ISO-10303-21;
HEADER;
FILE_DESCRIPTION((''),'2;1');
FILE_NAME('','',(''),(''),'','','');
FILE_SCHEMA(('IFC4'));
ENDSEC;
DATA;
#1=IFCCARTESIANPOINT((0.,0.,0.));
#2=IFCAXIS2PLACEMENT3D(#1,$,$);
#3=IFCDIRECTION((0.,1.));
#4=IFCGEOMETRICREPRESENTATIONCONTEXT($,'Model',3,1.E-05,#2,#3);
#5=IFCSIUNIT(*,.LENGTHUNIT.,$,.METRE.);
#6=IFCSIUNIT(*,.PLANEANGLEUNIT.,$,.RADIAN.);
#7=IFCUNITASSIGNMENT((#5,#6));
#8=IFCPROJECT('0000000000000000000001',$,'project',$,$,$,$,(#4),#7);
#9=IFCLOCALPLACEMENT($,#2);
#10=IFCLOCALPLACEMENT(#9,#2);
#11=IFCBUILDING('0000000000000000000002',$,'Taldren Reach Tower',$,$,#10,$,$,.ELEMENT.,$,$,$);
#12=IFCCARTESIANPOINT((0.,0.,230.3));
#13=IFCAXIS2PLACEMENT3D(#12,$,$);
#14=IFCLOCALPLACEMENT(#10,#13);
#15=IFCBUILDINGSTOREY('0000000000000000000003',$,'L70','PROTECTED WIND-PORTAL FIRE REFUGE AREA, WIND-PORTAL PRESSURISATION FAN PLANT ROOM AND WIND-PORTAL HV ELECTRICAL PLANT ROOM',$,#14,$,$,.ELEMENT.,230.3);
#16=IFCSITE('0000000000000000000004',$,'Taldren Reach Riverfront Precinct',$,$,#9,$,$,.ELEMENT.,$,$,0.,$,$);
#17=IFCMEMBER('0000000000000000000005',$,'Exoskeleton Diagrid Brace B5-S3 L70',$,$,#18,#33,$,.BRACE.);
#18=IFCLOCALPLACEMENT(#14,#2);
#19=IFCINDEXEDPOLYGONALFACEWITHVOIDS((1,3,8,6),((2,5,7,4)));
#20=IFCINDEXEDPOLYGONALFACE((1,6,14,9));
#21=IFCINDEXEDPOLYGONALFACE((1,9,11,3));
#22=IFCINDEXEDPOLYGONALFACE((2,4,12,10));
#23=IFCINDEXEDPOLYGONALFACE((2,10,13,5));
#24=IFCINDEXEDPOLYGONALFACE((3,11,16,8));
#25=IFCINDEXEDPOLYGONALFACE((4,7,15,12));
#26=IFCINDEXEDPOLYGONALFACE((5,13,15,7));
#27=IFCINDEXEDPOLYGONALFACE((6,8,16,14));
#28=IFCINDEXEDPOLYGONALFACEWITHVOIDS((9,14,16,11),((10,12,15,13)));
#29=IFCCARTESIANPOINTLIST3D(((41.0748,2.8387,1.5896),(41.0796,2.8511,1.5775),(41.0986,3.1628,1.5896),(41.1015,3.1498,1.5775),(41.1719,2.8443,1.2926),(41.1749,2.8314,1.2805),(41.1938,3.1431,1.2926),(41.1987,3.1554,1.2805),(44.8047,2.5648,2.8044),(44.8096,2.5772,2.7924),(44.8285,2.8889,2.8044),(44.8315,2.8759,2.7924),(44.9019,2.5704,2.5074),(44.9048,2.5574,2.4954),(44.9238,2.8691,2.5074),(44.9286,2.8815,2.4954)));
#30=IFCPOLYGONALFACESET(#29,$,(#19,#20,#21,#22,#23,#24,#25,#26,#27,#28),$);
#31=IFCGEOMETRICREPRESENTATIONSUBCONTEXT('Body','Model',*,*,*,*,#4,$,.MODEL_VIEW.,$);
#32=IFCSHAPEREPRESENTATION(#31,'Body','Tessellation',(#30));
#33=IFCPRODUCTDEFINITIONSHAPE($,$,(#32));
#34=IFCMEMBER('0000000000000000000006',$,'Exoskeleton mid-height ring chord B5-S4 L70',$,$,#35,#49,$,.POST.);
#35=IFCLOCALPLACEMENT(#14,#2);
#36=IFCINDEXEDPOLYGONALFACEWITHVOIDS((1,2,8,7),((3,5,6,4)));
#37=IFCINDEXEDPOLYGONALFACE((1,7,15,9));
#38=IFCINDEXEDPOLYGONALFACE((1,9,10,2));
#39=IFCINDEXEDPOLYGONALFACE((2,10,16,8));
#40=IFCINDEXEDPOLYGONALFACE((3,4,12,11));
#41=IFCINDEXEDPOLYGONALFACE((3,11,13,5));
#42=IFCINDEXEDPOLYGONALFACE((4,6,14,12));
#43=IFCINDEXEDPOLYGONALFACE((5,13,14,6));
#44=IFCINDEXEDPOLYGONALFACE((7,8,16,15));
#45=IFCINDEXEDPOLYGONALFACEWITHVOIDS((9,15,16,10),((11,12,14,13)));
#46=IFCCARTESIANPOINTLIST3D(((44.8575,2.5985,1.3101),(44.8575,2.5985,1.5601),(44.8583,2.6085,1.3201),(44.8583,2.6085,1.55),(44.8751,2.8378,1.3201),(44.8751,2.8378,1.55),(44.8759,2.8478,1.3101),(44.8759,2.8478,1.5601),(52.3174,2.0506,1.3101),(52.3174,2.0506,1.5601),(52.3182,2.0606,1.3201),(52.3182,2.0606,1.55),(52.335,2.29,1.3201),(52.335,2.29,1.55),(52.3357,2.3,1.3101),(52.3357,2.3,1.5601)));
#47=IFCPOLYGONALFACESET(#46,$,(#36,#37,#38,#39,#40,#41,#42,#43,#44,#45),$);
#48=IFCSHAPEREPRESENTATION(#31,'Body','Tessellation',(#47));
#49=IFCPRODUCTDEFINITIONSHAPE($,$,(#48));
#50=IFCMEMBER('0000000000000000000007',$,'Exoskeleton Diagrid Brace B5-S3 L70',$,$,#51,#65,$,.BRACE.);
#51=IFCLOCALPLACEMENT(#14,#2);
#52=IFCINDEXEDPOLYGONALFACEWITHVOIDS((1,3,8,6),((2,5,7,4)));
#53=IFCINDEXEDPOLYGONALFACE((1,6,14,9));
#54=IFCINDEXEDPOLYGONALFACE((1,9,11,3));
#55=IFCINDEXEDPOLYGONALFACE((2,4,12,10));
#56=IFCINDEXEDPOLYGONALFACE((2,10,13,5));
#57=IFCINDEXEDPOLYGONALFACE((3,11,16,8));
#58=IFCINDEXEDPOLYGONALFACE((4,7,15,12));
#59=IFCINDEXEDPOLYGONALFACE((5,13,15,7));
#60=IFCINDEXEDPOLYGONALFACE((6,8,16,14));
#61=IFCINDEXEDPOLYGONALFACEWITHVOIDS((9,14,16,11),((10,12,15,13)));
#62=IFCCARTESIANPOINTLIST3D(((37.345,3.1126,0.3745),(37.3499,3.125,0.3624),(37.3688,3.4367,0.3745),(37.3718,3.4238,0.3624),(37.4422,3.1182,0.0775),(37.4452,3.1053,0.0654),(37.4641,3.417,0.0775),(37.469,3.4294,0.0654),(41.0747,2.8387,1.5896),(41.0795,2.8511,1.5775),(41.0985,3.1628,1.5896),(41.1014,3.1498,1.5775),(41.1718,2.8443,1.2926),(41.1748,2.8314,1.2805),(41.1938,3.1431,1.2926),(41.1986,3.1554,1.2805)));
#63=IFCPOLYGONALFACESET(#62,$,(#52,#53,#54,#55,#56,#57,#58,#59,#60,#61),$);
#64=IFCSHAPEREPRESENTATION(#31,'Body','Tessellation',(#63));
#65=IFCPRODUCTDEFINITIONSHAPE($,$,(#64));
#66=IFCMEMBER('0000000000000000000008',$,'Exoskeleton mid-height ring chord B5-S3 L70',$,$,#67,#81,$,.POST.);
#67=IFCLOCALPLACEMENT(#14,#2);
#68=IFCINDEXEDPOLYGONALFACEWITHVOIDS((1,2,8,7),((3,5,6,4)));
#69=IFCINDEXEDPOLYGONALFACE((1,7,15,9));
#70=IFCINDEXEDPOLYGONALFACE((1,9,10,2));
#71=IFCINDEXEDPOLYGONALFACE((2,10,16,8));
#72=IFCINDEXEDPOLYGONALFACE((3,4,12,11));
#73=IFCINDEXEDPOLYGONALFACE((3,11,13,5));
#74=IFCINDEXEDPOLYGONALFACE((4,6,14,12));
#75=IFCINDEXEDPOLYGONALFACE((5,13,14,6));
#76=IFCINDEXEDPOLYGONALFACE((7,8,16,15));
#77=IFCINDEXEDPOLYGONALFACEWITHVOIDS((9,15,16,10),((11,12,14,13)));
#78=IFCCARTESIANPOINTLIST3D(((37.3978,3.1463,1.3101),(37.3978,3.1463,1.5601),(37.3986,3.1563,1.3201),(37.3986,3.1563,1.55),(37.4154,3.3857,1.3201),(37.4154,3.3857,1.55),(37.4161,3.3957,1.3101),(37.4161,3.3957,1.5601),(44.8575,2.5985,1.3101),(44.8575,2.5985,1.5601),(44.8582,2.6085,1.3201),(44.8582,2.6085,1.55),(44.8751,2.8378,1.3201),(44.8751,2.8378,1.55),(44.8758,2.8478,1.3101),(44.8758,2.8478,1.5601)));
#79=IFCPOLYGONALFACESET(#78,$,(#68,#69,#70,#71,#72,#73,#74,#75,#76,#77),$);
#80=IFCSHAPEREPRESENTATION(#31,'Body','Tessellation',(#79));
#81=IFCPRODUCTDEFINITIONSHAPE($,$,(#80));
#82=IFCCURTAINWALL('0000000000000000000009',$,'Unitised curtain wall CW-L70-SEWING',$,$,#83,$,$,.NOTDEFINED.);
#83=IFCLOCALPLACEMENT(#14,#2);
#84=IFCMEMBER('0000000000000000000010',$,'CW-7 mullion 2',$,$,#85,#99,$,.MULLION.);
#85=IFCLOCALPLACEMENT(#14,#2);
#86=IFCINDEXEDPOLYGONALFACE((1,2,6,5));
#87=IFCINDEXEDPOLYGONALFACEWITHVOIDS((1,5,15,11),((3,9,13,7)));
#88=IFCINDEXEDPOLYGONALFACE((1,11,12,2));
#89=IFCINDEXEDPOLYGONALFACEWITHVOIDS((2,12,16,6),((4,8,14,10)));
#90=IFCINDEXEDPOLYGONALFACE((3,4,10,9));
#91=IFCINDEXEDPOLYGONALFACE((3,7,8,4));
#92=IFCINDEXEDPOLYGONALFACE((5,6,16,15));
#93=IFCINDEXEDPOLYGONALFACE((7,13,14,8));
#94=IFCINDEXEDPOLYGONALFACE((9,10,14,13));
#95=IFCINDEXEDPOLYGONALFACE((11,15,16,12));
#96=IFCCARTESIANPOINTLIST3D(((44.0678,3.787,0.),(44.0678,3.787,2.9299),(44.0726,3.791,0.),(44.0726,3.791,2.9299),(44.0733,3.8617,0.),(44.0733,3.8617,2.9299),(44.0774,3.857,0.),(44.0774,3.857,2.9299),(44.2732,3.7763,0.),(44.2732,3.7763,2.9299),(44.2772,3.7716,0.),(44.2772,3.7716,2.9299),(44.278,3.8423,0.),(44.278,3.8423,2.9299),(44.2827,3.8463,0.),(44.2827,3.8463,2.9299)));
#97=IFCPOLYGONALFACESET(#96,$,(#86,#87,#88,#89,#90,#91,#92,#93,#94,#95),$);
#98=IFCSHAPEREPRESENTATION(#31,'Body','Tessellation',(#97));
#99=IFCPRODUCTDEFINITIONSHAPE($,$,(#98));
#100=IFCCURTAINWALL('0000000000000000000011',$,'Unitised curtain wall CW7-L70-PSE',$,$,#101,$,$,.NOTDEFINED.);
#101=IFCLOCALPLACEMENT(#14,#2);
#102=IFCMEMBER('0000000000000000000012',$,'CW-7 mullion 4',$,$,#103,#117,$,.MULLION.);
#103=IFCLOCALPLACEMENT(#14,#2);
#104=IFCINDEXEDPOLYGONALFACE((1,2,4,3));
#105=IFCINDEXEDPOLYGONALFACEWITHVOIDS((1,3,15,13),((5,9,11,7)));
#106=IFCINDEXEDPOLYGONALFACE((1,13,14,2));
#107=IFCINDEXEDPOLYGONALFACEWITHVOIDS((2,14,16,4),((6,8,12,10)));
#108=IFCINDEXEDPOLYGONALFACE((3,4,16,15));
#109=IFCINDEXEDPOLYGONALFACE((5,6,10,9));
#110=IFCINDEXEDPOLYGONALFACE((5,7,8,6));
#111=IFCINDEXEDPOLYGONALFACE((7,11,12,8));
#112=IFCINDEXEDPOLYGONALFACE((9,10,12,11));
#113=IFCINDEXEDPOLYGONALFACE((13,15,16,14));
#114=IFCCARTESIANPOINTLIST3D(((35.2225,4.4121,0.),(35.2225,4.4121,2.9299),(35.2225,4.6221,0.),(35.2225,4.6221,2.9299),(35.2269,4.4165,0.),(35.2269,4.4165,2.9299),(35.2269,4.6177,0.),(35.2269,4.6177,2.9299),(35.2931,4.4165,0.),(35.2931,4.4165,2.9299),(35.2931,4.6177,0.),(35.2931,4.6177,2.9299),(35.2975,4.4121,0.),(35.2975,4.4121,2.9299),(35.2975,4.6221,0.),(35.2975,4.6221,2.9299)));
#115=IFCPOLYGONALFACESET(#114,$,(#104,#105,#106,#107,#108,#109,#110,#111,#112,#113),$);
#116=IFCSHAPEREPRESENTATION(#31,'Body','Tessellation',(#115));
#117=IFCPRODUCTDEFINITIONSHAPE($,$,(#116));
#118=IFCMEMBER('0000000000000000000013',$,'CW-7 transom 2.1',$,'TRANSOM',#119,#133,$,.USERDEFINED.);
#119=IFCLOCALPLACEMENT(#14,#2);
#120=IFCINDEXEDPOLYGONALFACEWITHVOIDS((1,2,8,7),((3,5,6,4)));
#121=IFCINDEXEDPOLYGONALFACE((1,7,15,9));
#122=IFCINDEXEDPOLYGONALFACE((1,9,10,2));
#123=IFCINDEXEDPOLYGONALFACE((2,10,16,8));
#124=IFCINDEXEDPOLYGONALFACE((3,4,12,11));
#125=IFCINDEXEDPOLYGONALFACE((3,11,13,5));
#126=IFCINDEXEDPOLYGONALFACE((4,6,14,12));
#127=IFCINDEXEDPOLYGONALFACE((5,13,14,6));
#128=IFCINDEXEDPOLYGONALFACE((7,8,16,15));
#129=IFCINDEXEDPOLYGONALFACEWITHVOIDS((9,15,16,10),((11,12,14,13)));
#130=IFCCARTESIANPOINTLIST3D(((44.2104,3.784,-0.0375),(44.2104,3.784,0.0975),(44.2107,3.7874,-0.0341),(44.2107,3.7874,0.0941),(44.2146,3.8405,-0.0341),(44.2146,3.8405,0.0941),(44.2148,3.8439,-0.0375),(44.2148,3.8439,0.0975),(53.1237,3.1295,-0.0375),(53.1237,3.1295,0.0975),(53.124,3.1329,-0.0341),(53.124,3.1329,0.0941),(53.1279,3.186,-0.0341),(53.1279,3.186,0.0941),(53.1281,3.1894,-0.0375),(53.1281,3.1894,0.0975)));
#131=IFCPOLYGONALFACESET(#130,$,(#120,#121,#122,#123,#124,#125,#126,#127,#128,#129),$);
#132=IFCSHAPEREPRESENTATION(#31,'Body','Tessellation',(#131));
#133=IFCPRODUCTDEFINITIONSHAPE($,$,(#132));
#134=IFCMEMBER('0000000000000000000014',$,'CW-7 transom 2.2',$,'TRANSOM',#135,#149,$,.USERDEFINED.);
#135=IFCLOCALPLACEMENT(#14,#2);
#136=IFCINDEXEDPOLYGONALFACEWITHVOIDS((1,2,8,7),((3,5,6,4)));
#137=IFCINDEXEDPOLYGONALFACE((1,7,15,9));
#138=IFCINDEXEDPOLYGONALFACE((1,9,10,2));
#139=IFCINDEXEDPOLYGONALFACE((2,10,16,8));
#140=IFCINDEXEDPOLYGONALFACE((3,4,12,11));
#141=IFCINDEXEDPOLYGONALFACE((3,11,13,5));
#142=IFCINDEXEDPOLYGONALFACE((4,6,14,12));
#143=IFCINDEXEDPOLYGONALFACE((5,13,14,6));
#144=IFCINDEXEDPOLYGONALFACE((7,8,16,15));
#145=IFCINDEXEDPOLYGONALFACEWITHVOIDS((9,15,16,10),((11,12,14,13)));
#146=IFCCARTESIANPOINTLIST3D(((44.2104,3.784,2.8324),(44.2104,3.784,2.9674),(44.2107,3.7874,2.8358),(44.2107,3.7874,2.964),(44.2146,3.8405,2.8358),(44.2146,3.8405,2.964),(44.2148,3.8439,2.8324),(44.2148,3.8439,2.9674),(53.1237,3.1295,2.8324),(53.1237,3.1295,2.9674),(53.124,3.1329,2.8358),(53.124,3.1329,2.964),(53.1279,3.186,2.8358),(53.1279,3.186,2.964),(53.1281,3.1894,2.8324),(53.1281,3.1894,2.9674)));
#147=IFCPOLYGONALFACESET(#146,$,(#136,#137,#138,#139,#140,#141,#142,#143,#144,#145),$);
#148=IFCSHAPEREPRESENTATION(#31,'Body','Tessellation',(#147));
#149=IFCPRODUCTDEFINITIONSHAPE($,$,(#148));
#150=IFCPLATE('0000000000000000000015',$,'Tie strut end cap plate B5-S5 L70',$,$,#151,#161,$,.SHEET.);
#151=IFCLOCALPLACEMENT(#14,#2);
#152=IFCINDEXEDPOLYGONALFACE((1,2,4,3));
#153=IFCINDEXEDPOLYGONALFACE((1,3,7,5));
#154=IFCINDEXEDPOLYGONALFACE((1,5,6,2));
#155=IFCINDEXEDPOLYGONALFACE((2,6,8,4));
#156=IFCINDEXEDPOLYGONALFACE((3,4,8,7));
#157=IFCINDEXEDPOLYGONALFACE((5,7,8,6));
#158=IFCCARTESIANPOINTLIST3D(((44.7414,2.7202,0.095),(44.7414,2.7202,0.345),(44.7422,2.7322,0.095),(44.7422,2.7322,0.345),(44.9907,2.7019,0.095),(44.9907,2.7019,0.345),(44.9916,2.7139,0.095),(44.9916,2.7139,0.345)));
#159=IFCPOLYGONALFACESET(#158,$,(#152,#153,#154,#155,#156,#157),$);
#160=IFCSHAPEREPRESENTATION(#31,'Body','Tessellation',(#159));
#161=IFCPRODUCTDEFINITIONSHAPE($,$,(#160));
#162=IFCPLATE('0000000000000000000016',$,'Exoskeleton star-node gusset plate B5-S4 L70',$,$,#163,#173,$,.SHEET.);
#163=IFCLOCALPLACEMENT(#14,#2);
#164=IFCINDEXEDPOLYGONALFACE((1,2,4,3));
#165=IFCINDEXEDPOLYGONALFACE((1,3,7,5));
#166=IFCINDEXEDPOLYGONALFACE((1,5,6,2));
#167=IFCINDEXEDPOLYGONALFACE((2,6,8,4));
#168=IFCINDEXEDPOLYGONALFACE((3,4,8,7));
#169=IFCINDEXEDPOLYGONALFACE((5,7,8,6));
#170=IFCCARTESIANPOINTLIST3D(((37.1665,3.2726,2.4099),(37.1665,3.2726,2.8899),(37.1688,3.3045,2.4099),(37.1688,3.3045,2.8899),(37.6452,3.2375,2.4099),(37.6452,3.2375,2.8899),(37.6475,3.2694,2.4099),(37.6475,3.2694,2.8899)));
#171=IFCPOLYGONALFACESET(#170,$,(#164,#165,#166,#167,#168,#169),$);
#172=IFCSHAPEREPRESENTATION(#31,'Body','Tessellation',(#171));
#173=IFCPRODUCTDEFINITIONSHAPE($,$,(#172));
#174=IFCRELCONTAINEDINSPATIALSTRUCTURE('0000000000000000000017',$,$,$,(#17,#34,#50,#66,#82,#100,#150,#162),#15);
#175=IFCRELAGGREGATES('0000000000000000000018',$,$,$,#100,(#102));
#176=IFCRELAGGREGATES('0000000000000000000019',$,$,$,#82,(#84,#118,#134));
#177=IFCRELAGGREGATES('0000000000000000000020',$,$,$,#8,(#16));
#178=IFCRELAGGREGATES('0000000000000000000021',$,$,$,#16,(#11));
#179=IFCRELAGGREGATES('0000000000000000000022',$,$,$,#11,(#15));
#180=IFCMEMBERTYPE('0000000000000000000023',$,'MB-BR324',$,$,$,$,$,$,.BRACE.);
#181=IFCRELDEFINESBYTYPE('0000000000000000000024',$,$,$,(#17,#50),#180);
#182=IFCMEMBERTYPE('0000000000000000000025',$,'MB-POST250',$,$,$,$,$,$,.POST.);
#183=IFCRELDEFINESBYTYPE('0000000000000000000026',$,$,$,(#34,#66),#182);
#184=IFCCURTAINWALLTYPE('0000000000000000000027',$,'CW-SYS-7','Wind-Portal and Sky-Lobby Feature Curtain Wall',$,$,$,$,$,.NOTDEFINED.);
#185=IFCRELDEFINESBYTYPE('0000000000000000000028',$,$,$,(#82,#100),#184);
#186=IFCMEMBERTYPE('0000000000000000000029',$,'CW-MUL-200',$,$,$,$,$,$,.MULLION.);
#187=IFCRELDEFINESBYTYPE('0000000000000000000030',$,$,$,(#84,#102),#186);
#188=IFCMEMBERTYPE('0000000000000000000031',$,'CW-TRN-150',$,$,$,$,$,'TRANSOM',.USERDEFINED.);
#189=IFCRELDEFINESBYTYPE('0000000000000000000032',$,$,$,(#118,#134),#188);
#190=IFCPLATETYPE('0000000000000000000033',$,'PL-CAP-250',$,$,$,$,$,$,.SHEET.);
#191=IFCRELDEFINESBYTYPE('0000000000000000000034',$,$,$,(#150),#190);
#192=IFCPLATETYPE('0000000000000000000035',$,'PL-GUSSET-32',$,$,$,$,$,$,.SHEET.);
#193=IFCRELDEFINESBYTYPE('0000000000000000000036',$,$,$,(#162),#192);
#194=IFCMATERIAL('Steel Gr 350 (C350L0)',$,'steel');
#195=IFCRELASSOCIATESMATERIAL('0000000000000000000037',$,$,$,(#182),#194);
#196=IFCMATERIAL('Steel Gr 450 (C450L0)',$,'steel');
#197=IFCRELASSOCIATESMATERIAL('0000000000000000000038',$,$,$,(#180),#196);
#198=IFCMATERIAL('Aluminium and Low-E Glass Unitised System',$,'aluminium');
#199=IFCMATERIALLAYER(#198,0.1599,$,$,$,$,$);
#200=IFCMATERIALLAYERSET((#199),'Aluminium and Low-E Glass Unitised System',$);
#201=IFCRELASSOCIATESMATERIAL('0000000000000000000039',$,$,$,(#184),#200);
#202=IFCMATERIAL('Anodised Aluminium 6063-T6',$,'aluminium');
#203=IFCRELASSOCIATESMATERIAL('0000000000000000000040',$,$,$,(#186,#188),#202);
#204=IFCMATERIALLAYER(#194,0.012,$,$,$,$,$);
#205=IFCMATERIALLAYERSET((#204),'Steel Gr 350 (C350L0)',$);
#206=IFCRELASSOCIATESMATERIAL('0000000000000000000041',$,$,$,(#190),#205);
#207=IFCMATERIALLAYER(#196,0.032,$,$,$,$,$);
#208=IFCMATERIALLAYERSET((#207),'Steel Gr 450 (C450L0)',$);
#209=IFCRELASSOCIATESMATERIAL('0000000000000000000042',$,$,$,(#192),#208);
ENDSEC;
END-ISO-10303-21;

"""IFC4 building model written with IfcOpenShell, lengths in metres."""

from ifc_helpers import new_model, si_unit, direction, frame, origin, origin_2d, place, context, subcontext, project, spatial, rectangle, hollow_rectangle, extrude, source, transform, mapped, material, layer, layer_set, material_profile, profile_set, type_object, element, aggregate, save


model = new_model("IFC4")

# Units and contexts
model_context = context("Model", 3, precision=1e-05, world=origin(), true_north=direction((0.0, 1.0)))
body_context = subcontext(model_context, "Body", "Model", "MODEL_VIEW")
ifc_project = project(units=[si_unit("LENGTHUNIT", "METRE"), si_unit("PLANEANGLEUNIT", "RADIAN")], contexts=[model_context])

# Site, building, storey
site_placement = place(None, origin())
site = spatial("IfcSite", under=ifc_project, at=site_placement, Name="Taldren Reach Riverfront Precinct", CompositionType="ELEMENT", RefElevation=0.0)
building_placement = place(site_placement, origin())
building = spatial("IfcBuilding", under=site, at=building_placement, Name="Taldren Reach Tower", CompositionType="ELEMENT")
storey_placement = place(building_placement, frame((0.0, 0.0, 230.3)))
storey = spatial("IfcBuildingStorey", under=building, at=storey_placement, Name="L70", Description="PROTECTED WIND-PORTAL FIRE REFUGE AREA, WIND-PORTAL PRESSURISATION FAN PLANT ROOM AND WIND-PORTAL HV ELECTRICAL PLANT ROOM", CompositionType="ELEMENT", Elevation=230.3)

# Shared definitions
ifc_material_1 = material(Name="Steel Gr 350 (C350L0)", Category="steel")
ifc_material_profile_1 = material_profile(ifc_material_1, hollow_rectangle(XDim=0.25, YDim=0.25, WallThickness=0.01, at=origin_2d()), Name="250x250x10.0SHS")
ifc_profile_set_1 = profile_set([ifc_material_profile_1], Name="Steel Gr 350 (C350L0)")
member_type_1 = type_object("IfcMemberType", Name="MB-POST250", PredefinedType="POST", material=ifc_profile_set_1)
ifc_material_2 = material(Name="Steel Gr 450 (C450L0)", Category="steel")

# Members
ifc_material_profile_2 = material_profile(ifc_material_2, hollow_rectangle(XDim=0.325, YDim=0.325, WallThickness=0.0127, at=origin_2d()), Name="325x325x12.7SHS")
ifc_profile_set_2 = profile_set([ifc_material_profile_2], Name="Steel Gr 450 (C450L0)")
member_type_2 = type_object("IfcMemberType", Name="MB-BR324", PredefinedType="BRACE", material=ifc_profile_set_2)
shared_shape_1 = source(origin(), body_context, "Body", "SweptSolid", [
    extrude(hollow_rectangle(XDim=0.325, YDim=0.325, WallThickness=0.0127, at=origin_2d()), origin(), (0.0, 0.0, 1.0), 3.9324),
])
member_1_placement = place(storey_placement, frame((41.1367, 2.9971, 1.4351), z_axis=(0.948529, -0.069659, 0.308933), x_axis=(0.073242, 0.997314, 0.0)))
element("IfcMember", 1, at=member_1_placement, inside=storey, type_object=member_type_2, Name="Exoskeleton Diagrid Brace B5-S3 L70", PredefinedType="BRACE", context=body_context, shape_type="MappedRepresentation", body=[
    mapped(shared_shape_1, transform((0.0, 0.0, 0.0), scale=1.0)),
])
shared_shape_2 = source(origin(), body_context, "Body", "SweptSolid", [
    extrude(hollow_rectangle(XDim=0.25, YDim=0.25, WallThickness=0.01, at=origin_2d()), origin(), (0.0, 0.0, 1.0), 7.48),
])
member_2_placement = place(storey_placement, frame((44.8667, 2.7231, 1.4351), z_axis=(0.997314, -0.073242, 0.0), x_axis=(0.073242, 0.997314, 0.0)))
element("IfcMember", 2, at=member_2_placement, inside=storey, type_object=member_type_1, Name="Exoskeleton mid-height ring chord B5-S4 L70", PredefinedType="POST", context=body_context, shape_type="MappedRepresentation", body=[
    mapped(shared_shape_2, transform((0.0, 0.0, 0.0), scale=1.0)),
])
shared_shape_3 = source(origin(), body_context, "Body", "SweptSolid", [
    extrude(hollow_rectangle(XDim=0.325, YDim=0.325, WallThickness=0.0127, at=origin_2d()), origin(), (0.0, 0.0, 1.0), 3.9321),
])
member_3_placement = place(storey_placement, frame((37.407, 3.271, 0.22), z_axis=(0.948505, -0.069662, 0.309008), x_axis=(0.073246, 0.997314, 0.0)))
element("IfcMember", 3, at=member_3_placement, inside=storey, type_object=member_type_2, Name="Exoskeleton Diagrid Brace B5-S3 L70", PredefinedType="BRACE", context=body_context, shape_type="MappedRepresentation", body=[
    mapped(shared_shape_3, transform((0.0, 0.0, 0.0), scale=1.0)),
])
shared_shape_4 = source(origin(), body_context, "Body", "SweptSolid", [
    extrude(hollow_rectangle(XDim=0.25, YDim=0.25, WallThickness=0.01, at=origin_2d()), origin(), (0.0, 0.0, 1.0), 7.4797),
])
member_4_placement = place(storey_placement, frame((37.407, 3.271, 1.4351), z_axis=(0.997314, -0.073244, 0.0), x_axis=(0.073244, 0.997314, 0.0)))
element("IfcMember", 4, at=member_4_placement, inside=storey, type_object=member_type_1, Name="Exoskeleton mid-height ring chord B5-S3 L70", PredefinedType="POST", context=body_context, shape_type="MappedRepresentation", body=[
    mapped(shared_shape_4, transform((0.0, 0.0, 0.0), scale=1.0)),
])

# Curtain walls, members
ifc_material_3 = material(Name="Aluminium and Low-E Glass Unitised System", Category="aluminium")
ifc_layer_1 = layer(ifc_material_3, 0.1599)
ifc_layer_set_1 = layer_set([ifc_layer_1], Name="Aluminium and Low-E Glass Unitised System")
curtain_wall_type = type_object("IfcCurtainWallType", Name="CW-SYS-7", Description="Wind-Portal and Sky-Lobby Feature Curtain Wall", PredefinedType="NOTDEFINED", material=ifc_layer_set_1)
curtain_wall_1_placement = place(storey_placement, origin())
curtain_wall_1 = element("IfcCurtainWall", 5, at=curtain_wall_1_placement, inside=storey, type_object=curtain_wall_type, Name="Unitised curtain wall CW-L70-SEWING", PredefinedType="NOTDEFINED")
ifc_material_4 = material(Name="Anodised Aluminium 6063-T6", Category="aluminium")
ifc_material_profile_3 = material_profile(ifc_material_4, hollow_rectangle(XDim=0.075, YDim=0.21, WallThickness=0.0044, at=origin_2d()), Name="ALU-210x75x4.5RHS")
ifc_profile_set_3 = profile_set([ifc_material_profile_3], Name="Anodised Aluminium 6063-T6")
member_type_3 = type_object("IfcMemberType", Name="CW-MUL-200", PredefinedType="MULLION", material=ifc_profile_set_3)
shared_shape_5 = source(origin(), body_context, "Body", "SweptSolid", [
    extrude(hollow_rectangle(XDim=0.075, YDim=0.21, WallThickness=0.0044, at=origin_2d()), origin(), (0.0, 0.0, 1.0), 2.9299),
])
member_5_placement = place(storey_placement, frame((44.1753, 3.8167, 0.0), z_axis=(0.0, 0.0, 1.0), x_axis=(0.073238, 0.997314, 0.0)))
member_5 = element("IfcMember", 6, at=member_5_placement, type_object=member_type_3, Name="CW-7 mullion 2", PredefinedType="MULLION", context=body_context, shape_type="MappedRepresentation", body=[
    mapped(shared_shape_5, transform((0.0, 0.0, 0.0), scale=1.0)),
])
curtain_wall_2_placement = place(storey_placement, origin())
curtain_wall_2 = element("IfcCurtainWall", 7, at=curtain_wall_2_placement, inside=storey, type_object=curtain_wall_type, Name="Unitised curtain wall CW7-L70-PSE", PredefinedType="NOTDEFINED")
member_6_placement = place(storey_placement, frame((35.26, 4.5171, 0.0), z_axis=(0.0, 0.0, 1.0), x_axis=(1.0, 0.0, 0.0)))
member_6 = element("IfcMember", 8, at=member_6_placement, type_object=member_type_3, Name="CW-7 mullion 4", PredefinedType="MULLION", context=body_context, shape_type="MappedRepresentation", body=[
    mapped(shared_shape_5, transform((0.0, 0.0, 0.0), scale=1.0)),
])
aggregate(curtain_wall_2, [member_6])

# Members
ifc_material_profile_4 = material_profile(ifc_material_4, hollow_rectangle(XDim=0.0601, YDim=0.135, WallThickness=0.0034, at=origin_2d()), Name="ALU-135x60x3.5RHS")
ifc_profile_set_4 = profile_set([ifc_material_profile_4], Name="Anodised Aluminium 6063-T6")
member_type_4 = type_object("IfcMemberType", Name="CW-TRN-150", ElementType="TRANSOM", PredefinedType="USERDEFINED", material=ifc_profile_set_4)
shared_shape_6 = source(origin(), body_context, "Body", "SweptSolid", [
    extrude(hollow_rectangle(XDim=0.0601, YDim=0.135, WallThickness=0.0034, at=origin_2d()), origin(), (0.0, 0.0, 1.0), 8.9373),
])
member_7_placement = place(storey_placement, frame((44.2126, 3.814, 0.03), z_axis=(0.997315, -0.073237, 0.0), x_axis=(0.073237, 0.997315, 0.0)))
member_7 = element("IfcMember", 9, at=member_7_placement, type_object=member_type_4, Name="CW-7 transom 2.1", ObjectType="TRANSOM", PredefinedType="USERDEFINED", context=body_context, shape_type="MappedRepresentation", body=[
    mapped(shared_shape_6, transform((0.0, 0.0, 0.0), scale=1.0)),
])
member_8_placement = place(storey_placement, frame((44.2126, 3.814, 2.8999), z_axis=(0.997315, -0.073237, 0.0), x_axis=(0.073237, 0.997315, 0.0)))
member_8 = element("IfcMember", 10, at=member_8_placement, type_object=member_type_4, Name="CW-7 transom 2.2", ObjectType="TRANSOM", PredefinedType="USERDEFINED", context=body_context, shape_type="MappedRepresentation", body=[
    mapped(shared_shape_6, transform((0.0, 0.0, 0.0), scale=1.0)),
])

# Plates
ifc_layer_2 = layer(ifc_material_1, 0.012)
ifc_layer_set_2 = layer_set([ifc_layer_2], Name="Steel Gr 350 (C350L0)")
plate_type_1 = type_object("IfcPlateType", Name="PL-CAP-250", PredefinedType="SHEET", material=ifc_layer_set_2)
shared_shape_7 = source(origin(), body_context, "Body", "SweptSolid", [
    extrude(rectangle(XDim=0.25, YDim=0.012, at=origin_2d()), origin(), (0.0, 0.0, 1.0), 0.25),
])
plate_1_placement = place(storey_placement, frame((44.8665, 2.717, 0.095), z_axis=(0.0, 0.0, 1.0), x_axis=(0.997314, -0.073238, 0.0)))
element("IfcPlate", 11, at=plate_1_placement, inside=storey, type_object=plate_type_1, Name="Tie strut end cap plate B5-S5 L70", PredefinedType="SHEET", context=body_context, shape_type="MappedRepresentation", body=[
    mapped(shared_shape_7, transform((0.0, 0.0, 0.0), scale=1.0)),
])
ifc_layer_3 = layer(ifc_material_2, 0.032)
ifc_layer_set_3 = layer_set([ifc_layer_3], Name="Steel Gr 450 (C450L0)")
plate_type_2 = type_object("IfcPlateType", Name="PL-GUSSET-32", PredefinedType="SHEET", material=ifc_layer_set_3)
shared_shape_8 = source(origin(), body_context, "Body", "SweptSolid", [
    extrude(rectangle(XDim=0.48, YDim=0.032, at=origin_2d()), origin(), (0.0, 0.0, 1.0), 0.48),
])
for number, where, z_axis, x_axis, name in (
    (12, (37.407, 3.271, 2.4099), (0.0, 0.0, 1.0), (0.997314, -0.073238, 0.0), "Exoskeleton star-node gusset plate B5-S4 L70"),
):
    element("IfcPlate", number, at=place(storey_placement, frame(where, z_axis=z_axis, x_axis=x_axis)), inside=storey, type_object=plate_type_2, Name=name, PredefinedType="SHEET", context=body_context, shape_type="MappedRepresentation", body=[
        mapped(shared_shape_8, transform((0.0, 0.0, 0.0), scale=1.0)),
    ])

aggregate(curtain_wall_1, [member_5, member_7, member_8])

save(model, "model.ifc")
